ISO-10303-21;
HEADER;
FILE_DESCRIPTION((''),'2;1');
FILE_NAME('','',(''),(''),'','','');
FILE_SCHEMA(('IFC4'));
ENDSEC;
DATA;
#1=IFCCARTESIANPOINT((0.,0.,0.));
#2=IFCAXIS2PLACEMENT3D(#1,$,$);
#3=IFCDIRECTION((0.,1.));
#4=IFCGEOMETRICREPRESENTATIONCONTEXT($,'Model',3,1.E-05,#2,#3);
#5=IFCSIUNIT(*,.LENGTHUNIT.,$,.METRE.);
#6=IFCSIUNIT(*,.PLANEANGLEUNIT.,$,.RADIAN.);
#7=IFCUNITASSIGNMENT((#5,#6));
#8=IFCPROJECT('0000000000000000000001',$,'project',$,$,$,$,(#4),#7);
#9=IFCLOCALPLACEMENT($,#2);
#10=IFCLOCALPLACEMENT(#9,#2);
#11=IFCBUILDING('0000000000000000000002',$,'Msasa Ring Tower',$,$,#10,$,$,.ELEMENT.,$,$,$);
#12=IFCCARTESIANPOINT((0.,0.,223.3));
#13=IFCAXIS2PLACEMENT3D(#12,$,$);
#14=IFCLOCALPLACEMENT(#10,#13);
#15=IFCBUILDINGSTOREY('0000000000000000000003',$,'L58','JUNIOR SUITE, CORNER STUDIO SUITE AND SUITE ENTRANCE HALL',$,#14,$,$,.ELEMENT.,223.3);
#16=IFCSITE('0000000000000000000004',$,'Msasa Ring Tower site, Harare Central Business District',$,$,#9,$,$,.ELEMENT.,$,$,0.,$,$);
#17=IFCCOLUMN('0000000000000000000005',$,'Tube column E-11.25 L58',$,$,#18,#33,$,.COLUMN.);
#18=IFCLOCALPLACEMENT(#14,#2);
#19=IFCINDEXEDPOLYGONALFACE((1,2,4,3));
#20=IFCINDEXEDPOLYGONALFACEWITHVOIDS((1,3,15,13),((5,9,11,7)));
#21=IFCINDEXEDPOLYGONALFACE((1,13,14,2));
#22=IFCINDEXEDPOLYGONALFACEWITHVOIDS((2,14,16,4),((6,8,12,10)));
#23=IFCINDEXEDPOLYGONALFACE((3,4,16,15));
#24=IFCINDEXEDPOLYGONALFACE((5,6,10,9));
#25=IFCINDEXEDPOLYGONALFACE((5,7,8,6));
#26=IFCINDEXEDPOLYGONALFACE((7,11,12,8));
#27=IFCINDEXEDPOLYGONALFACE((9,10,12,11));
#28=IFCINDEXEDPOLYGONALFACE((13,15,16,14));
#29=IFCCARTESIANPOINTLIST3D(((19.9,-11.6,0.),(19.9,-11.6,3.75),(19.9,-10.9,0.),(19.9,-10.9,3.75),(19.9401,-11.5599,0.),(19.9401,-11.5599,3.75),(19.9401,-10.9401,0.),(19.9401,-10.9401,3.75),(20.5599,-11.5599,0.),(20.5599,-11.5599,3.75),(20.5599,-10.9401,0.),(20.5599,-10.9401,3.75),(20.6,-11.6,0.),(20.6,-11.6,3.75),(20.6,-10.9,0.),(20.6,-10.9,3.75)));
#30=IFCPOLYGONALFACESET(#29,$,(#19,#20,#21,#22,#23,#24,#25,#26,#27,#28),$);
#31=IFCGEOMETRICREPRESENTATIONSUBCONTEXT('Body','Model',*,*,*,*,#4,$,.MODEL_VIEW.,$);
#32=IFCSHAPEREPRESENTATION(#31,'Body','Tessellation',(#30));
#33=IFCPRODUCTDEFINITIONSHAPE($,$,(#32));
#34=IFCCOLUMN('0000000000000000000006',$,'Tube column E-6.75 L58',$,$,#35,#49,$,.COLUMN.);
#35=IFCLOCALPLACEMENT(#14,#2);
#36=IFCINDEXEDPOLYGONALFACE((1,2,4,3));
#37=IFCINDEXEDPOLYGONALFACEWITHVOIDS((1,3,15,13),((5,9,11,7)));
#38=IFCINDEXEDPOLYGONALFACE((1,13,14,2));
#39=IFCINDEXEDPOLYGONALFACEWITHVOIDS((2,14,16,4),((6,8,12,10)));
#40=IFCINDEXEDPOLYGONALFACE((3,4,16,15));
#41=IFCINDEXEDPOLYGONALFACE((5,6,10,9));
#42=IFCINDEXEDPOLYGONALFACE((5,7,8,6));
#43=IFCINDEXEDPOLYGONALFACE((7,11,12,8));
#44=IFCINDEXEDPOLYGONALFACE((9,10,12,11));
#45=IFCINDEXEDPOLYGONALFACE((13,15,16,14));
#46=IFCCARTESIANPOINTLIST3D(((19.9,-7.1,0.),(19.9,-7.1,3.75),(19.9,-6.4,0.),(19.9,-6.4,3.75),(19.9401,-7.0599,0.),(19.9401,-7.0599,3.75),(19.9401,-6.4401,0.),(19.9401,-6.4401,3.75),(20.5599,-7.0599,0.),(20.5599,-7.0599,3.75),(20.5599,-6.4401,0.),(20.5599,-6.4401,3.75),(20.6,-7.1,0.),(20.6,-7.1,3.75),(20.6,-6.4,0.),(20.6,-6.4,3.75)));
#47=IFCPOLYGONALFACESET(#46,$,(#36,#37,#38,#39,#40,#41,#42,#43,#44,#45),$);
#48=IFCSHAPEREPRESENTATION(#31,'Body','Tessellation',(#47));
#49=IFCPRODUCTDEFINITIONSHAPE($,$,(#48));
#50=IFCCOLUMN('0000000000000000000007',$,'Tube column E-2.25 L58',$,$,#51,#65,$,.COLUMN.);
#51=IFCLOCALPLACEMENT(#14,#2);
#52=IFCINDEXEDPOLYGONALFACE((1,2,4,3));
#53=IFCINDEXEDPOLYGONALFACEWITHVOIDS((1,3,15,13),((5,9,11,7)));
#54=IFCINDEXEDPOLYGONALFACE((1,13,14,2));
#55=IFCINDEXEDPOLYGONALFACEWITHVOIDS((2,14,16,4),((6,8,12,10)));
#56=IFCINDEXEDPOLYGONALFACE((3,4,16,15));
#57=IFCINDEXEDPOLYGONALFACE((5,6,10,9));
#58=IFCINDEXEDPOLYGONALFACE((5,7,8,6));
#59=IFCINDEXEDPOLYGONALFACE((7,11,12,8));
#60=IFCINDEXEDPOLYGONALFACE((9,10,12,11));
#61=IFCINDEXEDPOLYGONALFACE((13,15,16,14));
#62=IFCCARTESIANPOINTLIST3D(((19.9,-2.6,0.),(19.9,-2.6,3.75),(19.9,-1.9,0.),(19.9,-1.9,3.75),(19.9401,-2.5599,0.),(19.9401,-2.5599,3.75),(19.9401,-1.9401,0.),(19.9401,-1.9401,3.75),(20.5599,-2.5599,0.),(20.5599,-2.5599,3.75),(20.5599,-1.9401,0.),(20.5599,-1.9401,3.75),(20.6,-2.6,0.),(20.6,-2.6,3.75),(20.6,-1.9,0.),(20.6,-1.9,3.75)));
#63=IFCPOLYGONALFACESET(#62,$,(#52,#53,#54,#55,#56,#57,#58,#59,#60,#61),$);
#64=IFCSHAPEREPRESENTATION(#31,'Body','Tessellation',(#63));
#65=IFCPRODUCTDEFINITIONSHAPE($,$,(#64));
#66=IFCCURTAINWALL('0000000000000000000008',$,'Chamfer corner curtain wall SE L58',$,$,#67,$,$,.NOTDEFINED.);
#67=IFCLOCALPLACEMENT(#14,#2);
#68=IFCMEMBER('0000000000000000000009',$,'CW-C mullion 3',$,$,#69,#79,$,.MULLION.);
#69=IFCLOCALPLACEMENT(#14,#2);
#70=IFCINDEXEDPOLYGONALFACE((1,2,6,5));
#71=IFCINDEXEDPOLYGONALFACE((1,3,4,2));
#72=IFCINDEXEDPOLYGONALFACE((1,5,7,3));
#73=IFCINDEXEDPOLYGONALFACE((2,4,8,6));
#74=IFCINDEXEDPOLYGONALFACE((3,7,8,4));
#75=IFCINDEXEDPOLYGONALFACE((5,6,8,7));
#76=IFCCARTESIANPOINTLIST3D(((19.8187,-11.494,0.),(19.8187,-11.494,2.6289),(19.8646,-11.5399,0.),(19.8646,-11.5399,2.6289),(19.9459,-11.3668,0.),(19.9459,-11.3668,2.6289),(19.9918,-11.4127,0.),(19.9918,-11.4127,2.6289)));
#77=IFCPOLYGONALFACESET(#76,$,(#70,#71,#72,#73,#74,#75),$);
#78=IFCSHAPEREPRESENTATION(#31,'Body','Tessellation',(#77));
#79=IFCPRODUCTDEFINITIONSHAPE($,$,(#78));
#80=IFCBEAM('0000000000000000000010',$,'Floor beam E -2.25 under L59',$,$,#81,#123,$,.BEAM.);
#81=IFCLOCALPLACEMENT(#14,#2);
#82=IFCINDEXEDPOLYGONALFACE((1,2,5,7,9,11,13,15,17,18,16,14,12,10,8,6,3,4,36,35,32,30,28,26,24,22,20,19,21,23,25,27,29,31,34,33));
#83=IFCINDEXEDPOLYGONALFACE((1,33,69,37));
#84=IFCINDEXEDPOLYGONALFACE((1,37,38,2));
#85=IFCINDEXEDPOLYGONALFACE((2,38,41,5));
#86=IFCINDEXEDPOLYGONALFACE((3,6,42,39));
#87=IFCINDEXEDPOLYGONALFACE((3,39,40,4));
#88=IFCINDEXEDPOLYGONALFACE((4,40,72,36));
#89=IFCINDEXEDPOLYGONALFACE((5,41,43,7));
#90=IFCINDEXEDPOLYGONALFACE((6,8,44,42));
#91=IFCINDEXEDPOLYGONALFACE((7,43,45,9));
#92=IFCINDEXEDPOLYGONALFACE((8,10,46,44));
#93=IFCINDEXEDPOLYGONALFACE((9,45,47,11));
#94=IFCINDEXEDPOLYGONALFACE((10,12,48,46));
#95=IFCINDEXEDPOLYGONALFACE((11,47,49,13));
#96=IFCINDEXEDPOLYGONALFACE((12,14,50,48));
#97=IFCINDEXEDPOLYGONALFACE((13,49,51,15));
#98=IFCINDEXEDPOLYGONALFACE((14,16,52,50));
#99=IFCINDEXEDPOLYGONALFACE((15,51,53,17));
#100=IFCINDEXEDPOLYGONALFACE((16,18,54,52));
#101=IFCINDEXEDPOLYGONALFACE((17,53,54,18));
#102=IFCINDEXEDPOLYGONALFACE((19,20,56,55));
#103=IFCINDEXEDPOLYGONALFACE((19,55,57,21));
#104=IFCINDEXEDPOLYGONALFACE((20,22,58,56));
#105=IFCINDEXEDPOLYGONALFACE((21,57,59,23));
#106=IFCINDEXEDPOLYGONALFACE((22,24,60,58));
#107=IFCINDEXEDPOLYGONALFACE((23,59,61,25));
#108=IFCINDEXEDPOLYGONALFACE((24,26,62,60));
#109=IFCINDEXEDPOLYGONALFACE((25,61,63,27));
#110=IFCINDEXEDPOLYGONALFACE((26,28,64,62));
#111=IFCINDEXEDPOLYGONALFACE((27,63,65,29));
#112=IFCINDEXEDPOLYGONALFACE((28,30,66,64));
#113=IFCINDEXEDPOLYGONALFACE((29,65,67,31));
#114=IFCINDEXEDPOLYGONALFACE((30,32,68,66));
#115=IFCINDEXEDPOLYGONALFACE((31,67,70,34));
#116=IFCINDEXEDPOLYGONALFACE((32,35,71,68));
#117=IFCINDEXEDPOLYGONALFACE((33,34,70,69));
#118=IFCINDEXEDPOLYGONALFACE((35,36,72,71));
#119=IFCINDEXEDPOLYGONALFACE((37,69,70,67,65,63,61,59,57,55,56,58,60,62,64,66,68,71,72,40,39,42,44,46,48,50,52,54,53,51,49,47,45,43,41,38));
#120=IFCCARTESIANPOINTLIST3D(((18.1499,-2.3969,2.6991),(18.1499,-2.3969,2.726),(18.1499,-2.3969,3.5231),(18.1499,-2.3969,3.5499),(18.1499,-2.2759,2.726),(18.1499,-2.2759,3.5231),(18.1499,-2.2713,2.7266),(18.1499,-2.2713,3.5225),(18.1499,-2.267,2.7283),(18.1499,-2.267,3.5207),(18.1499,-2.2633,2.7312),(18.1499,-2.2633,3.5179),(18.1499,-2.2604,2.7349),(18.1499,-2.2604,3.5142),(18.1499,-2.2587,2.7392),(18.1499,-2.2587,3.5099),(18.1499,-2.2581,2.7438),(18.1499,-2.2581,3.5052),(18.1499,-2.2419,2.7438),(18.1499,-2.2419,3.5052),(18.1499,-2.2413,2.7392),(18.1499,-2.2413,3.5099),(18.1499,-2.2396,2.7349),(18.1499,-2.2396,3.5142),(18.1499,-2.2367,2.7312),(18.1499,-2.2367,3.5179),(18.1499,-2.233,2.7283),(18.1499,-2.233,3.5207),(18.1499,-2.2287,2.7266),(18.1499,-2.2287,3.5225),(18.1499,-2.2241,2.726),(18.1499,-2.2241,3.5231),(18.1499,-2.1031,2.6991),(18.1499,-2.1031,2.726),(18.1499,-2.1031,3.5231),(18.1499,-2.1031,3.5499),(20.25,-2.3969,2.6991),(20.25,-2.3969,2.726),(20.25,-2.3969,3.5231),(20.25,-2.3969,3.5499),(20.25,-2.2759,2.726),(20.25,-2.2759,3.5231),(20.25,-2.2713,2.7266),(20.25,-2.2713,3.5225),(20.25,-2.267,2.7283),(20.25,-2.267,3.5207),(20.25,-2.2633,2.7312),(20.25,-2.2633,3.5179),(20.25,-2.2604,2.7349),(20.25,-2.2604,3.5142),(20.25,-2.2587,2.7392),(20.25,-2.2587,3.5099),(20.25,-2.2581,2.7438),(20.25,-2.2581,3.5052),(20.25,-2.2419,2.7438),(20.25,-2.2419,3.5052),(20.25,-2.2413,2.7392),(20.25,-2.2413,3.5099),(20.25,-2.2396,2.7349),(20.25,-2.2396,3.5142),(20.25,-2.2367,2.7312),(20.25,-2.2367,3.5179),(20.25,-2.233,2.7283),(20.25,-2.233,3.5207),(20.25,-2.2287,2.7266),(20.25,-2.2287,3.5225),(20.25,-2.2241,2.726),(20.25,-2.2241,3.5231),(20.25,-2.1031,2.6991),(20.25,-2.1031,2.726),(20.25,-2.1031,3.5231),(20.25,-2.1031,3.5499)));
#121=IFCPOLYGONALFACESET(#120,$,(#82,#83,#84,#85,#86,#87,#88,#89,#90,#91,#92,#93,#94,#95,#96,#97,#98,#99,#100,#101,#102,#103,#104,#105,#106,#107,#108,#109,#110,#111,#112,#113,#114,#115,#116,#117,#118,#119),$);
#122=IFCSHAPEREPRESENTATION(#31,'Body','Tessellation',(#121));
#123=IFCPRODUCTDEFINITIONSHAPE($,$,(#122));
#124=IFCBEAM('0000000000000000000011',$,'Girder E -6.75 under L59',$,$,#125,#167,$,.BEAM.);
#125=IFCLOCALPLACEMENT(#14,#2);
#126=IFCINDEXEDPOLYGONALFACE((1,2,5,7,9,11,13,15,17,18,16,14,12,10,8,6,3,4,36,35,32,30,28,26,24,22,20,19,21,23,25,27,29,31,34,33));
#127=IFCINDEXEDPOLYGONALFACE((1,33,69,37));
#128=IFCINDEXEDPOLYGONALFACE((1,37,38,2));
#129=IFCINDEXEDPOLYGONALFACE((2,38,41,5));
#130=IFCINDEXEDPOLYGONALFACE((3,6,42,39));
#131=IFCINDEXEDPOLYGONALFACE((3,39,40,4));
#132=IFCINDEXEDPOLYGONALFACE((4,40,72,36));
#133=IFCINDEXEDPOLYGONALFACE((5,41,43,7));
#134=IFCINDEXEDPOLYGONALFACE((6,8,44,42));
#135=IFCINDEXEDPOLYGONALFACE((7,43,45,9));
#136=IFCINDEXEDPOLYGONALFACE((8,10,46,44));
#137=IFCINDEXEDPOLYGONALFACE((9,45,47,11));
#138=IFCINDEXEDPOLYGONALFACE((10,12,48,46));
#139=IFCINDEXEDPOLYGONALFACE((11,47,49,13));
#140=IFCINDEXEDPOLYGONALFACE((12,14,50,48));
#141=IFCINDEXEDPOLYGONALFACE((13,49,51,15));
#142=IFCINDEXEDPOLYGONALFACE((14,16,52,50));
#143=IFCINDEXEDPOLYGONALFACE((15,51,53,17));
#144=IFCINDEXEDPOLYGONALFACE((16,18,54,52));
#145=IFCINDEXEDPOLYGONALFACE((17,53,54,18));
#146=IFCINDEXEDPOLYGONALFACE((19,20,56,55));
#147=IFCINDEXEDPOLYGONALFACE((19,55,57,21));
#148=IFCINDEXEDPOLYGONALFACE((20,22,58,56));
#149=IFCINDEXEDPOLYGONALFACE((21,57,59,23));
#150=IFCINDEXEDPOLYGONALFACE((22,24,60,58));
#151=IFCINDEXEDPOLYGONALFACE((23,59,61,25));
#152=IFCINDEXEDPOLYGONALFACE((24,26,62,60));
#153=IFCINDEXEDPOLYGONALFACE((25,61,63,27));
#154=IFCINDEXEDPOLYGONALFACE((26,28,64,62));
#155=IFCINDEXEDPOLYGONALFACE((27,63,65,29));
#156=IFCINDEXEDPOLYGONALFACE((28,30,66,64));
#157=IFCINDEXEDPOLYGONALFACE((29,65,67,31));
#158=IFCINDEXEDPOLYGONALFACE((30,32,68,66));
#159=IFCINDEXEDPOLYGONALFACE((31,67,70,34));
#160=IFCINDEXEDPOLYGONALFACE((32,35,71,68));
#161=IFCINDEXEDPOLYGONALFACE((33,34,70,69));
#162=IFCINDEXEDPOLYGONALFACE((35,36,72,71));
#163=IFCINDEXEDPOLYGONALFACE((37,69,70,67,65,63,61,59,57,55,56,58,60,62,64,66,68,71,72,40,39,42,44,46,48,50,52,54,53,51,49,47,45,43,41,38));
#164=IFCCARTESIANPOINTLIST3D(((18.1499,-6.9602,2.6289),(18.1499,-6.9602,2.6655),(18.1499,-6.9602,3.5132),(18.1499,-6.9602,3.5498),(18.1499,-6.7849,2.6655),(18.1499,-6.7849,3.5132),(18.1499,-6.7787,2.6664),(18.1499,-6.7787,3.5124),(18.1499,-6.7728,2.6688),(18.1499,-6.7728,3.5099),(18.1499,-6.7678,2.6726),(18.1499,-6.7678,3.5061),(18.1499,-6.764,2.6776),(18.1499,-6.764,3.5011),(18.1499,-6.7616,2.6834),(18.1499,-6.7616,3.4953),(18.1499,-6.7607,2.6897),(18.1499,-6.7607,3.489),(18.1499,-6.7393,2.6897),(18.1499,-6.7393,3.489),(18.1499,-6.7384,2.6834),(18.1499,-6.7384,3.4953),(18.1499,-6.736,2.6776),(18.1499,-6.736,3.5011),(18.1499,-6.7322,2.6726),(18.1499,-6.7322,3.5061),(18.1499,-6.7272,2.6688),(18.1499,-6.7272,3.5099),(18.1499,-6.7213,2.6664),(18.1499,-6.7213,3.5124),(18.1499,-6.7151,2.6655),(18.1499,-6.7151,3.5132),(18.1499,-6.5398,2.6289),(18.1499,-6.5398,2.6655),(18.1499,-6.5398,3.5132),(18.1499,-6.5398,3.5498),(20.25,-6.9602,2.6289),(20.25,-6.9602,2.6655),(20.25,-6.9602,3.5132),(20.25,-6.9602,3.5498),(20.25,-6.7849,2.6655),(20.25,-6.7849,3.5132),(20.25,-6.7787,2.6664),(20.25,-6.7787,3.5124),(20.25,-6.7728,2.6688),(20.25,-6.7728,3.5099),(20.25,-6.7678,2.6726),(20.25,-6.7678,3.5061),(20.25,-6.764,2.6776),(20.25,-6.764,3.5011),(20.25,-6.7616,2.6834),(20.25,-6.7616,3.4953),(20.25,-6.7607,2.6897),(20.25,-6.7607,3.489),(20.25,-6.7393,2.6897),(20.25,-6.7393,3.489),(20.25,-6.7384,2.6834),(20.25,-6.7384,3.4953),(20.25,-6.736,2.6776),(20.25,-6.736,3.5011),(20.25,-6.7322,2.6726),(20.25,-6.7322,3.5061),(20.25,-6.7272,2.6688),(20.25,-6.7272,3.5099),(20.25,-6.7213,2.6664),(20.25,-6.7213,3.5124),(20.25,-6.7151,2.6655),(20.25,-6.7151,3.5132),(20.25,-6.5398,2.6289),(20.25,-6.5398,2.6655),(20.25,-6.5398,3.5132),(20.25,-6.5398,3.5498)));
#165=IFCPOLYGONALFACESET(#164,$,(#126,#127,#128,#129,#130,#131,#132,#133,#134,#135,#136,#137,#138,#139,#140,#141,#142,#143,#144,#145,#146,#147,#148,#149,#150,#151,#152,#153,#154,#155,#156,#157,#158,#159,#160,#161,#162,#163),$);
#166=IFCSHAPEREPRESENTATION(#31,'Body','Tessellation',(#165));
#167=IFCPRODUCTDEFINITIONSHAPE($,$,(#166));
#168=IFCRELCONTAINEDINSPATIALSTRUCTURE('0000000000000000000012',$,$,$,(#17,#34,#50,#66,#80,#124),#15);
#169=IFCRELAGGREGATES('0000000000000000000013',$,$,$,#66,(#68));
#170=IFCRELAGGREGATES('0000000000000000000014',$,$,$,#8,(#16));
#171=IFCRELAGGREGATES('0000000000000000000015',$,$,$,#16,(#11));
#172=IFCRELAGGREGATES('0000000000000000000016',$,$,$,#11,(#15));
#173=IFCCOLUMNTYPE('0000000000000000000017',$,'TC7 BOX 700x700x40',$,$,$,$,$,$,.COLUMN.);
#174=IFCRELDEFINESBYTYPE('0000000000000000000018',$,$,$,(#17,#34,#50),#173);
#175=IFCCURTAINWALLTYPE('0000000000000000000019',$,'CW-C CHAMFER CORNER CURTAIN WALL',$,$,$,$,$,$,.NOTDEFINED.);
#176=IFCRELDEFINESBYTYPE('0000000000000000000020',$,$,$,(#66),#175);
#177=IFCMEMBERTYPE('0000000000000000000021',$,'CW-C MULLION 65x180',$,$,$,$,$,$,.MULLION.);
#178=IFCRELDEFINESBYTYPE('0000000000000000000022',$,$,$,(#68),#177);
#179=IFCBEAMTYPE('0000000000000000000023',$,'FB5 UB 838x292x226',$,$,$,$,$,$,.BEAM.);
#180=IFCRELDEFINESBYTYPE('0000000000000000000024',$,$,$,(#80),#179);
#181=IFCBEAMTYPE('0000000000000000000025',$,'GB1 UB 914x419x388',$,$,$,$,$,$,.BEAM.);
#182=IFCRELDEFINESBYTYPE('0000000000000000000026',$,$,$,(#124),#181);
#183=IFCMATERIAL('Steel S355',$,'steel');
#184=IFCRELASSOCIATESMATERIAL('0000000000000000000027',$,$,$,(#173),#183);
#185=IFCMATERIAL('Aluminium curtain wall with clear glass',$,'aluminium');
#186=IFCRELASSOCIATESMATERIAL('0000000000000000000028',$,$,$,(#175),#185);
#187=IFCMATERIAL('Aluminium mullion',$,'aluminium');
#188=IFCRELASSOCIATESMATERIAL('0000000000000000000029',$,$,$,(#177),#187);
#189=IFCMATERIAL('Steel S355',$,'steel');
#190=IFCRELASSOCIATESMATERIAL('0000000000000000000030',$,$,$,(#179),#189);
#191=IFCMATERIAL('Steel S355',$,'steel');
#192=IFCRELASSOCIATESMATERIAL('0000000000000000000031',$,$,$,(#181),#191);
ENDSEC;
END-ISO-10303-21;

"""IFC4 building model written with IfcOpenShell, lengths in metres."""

from ifc_helpers import new_model, si_unit, direction, frame, origin, origin_2d, place, context, subcontext, project, spatial, rectangle, hollow_rectangle, i_section, extrude, material, material_profile, profile_set, type_object, element, aggregate, save


model = new_model("IFC4")

# Units and contexts
model_context = context("Model", 3, precision=1e-05, world=origin(), true_north=direction((0.0, 1.0)))
body_context = subcontext(model_context, "Body", "Model", "MODEL_VIEW")
ifc_project = project(units=[si_unit("LENGTHUNIT", "METRE"), si_unit("PLANEANGLEUNIT", "RADIAN")], contexts=[model_context])

# Site, building, storey
site_placement = place(None, origin())
site = spatial("IfcSite", under=ifc_project, at=site_placement, Name="Msasa Ring Tower site, Harare Central Business District", CompositionType="ELEMENT", RefElevation=0.0)
building_placement = place(site_placement, origin())
building = spatial("IfcBuilding", under=site, at=building_placement, Name="Msasa Ring Tower", CompositionType="ELEMENT")
storey_placement = place(building_placement, frame((0.0, 0.0, 223.3)))
storey = spatial("IfcBuildingStorey", under=building, at=storey_placement, Name="L58", Description="JUNIOR SUITE, CORNER STUDIO SUITE AND SUITE ENTRANCE HALL", CompositionType="ELEMENT", Elevation=223.3)

# Columns
ifc_material_1 = material(Name="Steel S355", Category="steel")
ifc_material_profile_1 = material_profile(ifc_material_1, hollow_rectangle(XDim=0.7, YDim=0.7, WallThickness=0.04, at=origin_2d()), Name="BOX 700x700x40")
ifc_profile_set_1 = profile_set([ifc_material_profile_1], Name="Steel S355")
column_type = type_object("IfcColumnType", Name="TC7 BOX 700x700x40", PredefinedType="COLUMN", material=ifc_profile_set_1)
for number, where, z_axis, x_axis, name in (
    (1, (20.25, -11.25, 0.0), (0.0, 0.0, 1.0), (1.0, 0.0, 0.0), "Tube column E-11.25 L58"),
    (2, (20.25, -6.75, 0.0), (0.0, 0.0, 1.0), (1.0, 0.0, 0.0), "Tube column E-6.75 L58"),
    (3, (20.25, -2.25, 0.0), (0.0, 0.0, 1.0), (1.0, 0.0, 0.0), "Tube column E-2.25 L58"),
):
    element("IfcColumn", number, at=place(storey_placement, frame(where, z_axis=z_axis, x_axis=x_axis)), inside=storey, type_object=column_type, Name=name, PredefinedType="COLUMN", context=body_context, shape_type="SweptSolid", body=[
        extrude(hollow_rectangle(XDim=0.7, YDim=0.7, WallThickness=0.04, at=origin_2d()), origin(), (0.0, 0.0, 1.0), 3.75),
    ])

# Curtain wall, member
ifc_material_2 = material(Name="Aluminium curtain wall with clear glass", Category="aluminium")
curtain_wall_type = type_object("IfcCurtainWallType", Name="CW-C CHAMFER CORNER CURTAIN WALL", PredefinedType="NOTDEFINED", material=ifc_material_2)
curtain_wall_placement = place(storey_placement, origin())
curtain_wall = element("IfcCurtainWall", 4, at=curtain_wall_placement, inside=storey, type_object=curtain_wall_type, Name="Chamfer corner curtain wall SE L58", PredefinedType="NOTDEFINED")
ifc_material_3 = material(Name="Aluminium mullion", Category="aluminium")
ifc_material_profile_2 = material_profile(ifc_material_3, rectangle(XDim=0.0649, YDim=0.1799, at=origin_2d()), Name="AL 65x180")
ifc_profile_set_2 = profile_set([ifc_material_profile_2], Name="Aluminium mullion")
member_type = type_object("IfcMemberType", Name="CW-C MULLION 65x180", PredefinedType="MULLION", material=ifc_profile_set_2)
member_placement = place(storey_placement, frame((19.9053, -11.4534, 0.0), z_axis=(0.0, 0.0, 1.0), x_axis=(-0.707107, 0.707107, 0.0)))
member = element("IfcMember", 5, at=member_placement, type_object=member_type, Name="CW-C mullion 3", PredefinedType="MULLION", context=body_context, shape_type="SweptSolid", body=[
    extrude(rectangle(XDim=0.0649, YDim=0.1799, at=origin_2d()), origin(), (0.0, 0.0, 1.0), 2.6289),
])
aggregate(curtain_wall, [member])

# Beams
ifc_material_4 = material(Name="Steel S355", Category="steel")
ifc_material_profile_3 = material_profile(ifc_material_4, i_section(OverallWidth=0.2937, OverallDepth=0.8508, WebThickness=0.0161, FlangeThickness=0.0269, FilletRadius=0.0178, at=origin_2d()), Name="UB 838x292x226")
ifc_profile_set_3 = profile_set([ifc_material_profile_3], Name="Steel S355")
beam_type_1 = type_object("IfcBeamType", Name="FB5 UB 838x292x226", PredefinedType="BEAM", material=ifc_profile_set_3)
beam_1_placement = place(storey_placement, frame((20.25, -2.25, 3.1245), z_axis=(-1.0, 0.0, 0.0), x_axis=(0.0, -1.0, 0.0)))
element("IfcBeam", 6, at=beam_1_placement, inside=storey, type_object=beam_type_1, Name="Floor beam E -2.25 under L59", PredefinedType="BEAM", context=body_context, shape_type="SweptSolid", body=[
    extrude(i_section(OverallWidth=0.2937, OverallDepth=0.8508, WebThickness=0.0161, FlangeThickness=0.0269, FilletRadius=0.0178, at=origin_2d()), origin(), (0.0, 0.0, 1.0), 2.1001),
])
ifc_material_5 = material(Name="Steel S355", Category="steel")
ifc_material_profile_4 = material_profile(ifc_material_5, i_section(OverallWidth=0.4204, OverallDepth=0.9209, WebThickness=0.0215, FlangeThickness=0.0366, FilletRadius=0.0242, at=origin_2d()), Name="UB 914x419x388")
ifc_profile_set_4 = profile_set([ifc_material_profile_4], Name="Steel S355")
beam_type_2 = type_object("IfcBeamType", Name="GB1 UB 914x419x388", PredefinedType="BEAM", material=ifc_profile_set_4)
beam_2_placement = place(storey_placement, frame((18.1499, -6.75, 3.0894), z_axis=(1.0, 0.0, 0.0), x_axis=(0.0, 1.0, 0.0)))
element("IfcBeam", 7, at=beam_2_placement, inside=storey, type_object=beam_type_2, Name="Girder E -6.75 under L59", PredefinedType="BEAM", context=body_context, shape_type="SweptSolid", body=[
    extrude(i_section(OverallWidth=0.4204, OverallDepth=0.9209, WebThickness=0.0215, FlangeThickness=0.0366, FilletRadius=0.0242, at=origin_2d()), origin(), (0.0, 0.0, 1.0), 2.1001),
])

save(model, "model.ifc")
